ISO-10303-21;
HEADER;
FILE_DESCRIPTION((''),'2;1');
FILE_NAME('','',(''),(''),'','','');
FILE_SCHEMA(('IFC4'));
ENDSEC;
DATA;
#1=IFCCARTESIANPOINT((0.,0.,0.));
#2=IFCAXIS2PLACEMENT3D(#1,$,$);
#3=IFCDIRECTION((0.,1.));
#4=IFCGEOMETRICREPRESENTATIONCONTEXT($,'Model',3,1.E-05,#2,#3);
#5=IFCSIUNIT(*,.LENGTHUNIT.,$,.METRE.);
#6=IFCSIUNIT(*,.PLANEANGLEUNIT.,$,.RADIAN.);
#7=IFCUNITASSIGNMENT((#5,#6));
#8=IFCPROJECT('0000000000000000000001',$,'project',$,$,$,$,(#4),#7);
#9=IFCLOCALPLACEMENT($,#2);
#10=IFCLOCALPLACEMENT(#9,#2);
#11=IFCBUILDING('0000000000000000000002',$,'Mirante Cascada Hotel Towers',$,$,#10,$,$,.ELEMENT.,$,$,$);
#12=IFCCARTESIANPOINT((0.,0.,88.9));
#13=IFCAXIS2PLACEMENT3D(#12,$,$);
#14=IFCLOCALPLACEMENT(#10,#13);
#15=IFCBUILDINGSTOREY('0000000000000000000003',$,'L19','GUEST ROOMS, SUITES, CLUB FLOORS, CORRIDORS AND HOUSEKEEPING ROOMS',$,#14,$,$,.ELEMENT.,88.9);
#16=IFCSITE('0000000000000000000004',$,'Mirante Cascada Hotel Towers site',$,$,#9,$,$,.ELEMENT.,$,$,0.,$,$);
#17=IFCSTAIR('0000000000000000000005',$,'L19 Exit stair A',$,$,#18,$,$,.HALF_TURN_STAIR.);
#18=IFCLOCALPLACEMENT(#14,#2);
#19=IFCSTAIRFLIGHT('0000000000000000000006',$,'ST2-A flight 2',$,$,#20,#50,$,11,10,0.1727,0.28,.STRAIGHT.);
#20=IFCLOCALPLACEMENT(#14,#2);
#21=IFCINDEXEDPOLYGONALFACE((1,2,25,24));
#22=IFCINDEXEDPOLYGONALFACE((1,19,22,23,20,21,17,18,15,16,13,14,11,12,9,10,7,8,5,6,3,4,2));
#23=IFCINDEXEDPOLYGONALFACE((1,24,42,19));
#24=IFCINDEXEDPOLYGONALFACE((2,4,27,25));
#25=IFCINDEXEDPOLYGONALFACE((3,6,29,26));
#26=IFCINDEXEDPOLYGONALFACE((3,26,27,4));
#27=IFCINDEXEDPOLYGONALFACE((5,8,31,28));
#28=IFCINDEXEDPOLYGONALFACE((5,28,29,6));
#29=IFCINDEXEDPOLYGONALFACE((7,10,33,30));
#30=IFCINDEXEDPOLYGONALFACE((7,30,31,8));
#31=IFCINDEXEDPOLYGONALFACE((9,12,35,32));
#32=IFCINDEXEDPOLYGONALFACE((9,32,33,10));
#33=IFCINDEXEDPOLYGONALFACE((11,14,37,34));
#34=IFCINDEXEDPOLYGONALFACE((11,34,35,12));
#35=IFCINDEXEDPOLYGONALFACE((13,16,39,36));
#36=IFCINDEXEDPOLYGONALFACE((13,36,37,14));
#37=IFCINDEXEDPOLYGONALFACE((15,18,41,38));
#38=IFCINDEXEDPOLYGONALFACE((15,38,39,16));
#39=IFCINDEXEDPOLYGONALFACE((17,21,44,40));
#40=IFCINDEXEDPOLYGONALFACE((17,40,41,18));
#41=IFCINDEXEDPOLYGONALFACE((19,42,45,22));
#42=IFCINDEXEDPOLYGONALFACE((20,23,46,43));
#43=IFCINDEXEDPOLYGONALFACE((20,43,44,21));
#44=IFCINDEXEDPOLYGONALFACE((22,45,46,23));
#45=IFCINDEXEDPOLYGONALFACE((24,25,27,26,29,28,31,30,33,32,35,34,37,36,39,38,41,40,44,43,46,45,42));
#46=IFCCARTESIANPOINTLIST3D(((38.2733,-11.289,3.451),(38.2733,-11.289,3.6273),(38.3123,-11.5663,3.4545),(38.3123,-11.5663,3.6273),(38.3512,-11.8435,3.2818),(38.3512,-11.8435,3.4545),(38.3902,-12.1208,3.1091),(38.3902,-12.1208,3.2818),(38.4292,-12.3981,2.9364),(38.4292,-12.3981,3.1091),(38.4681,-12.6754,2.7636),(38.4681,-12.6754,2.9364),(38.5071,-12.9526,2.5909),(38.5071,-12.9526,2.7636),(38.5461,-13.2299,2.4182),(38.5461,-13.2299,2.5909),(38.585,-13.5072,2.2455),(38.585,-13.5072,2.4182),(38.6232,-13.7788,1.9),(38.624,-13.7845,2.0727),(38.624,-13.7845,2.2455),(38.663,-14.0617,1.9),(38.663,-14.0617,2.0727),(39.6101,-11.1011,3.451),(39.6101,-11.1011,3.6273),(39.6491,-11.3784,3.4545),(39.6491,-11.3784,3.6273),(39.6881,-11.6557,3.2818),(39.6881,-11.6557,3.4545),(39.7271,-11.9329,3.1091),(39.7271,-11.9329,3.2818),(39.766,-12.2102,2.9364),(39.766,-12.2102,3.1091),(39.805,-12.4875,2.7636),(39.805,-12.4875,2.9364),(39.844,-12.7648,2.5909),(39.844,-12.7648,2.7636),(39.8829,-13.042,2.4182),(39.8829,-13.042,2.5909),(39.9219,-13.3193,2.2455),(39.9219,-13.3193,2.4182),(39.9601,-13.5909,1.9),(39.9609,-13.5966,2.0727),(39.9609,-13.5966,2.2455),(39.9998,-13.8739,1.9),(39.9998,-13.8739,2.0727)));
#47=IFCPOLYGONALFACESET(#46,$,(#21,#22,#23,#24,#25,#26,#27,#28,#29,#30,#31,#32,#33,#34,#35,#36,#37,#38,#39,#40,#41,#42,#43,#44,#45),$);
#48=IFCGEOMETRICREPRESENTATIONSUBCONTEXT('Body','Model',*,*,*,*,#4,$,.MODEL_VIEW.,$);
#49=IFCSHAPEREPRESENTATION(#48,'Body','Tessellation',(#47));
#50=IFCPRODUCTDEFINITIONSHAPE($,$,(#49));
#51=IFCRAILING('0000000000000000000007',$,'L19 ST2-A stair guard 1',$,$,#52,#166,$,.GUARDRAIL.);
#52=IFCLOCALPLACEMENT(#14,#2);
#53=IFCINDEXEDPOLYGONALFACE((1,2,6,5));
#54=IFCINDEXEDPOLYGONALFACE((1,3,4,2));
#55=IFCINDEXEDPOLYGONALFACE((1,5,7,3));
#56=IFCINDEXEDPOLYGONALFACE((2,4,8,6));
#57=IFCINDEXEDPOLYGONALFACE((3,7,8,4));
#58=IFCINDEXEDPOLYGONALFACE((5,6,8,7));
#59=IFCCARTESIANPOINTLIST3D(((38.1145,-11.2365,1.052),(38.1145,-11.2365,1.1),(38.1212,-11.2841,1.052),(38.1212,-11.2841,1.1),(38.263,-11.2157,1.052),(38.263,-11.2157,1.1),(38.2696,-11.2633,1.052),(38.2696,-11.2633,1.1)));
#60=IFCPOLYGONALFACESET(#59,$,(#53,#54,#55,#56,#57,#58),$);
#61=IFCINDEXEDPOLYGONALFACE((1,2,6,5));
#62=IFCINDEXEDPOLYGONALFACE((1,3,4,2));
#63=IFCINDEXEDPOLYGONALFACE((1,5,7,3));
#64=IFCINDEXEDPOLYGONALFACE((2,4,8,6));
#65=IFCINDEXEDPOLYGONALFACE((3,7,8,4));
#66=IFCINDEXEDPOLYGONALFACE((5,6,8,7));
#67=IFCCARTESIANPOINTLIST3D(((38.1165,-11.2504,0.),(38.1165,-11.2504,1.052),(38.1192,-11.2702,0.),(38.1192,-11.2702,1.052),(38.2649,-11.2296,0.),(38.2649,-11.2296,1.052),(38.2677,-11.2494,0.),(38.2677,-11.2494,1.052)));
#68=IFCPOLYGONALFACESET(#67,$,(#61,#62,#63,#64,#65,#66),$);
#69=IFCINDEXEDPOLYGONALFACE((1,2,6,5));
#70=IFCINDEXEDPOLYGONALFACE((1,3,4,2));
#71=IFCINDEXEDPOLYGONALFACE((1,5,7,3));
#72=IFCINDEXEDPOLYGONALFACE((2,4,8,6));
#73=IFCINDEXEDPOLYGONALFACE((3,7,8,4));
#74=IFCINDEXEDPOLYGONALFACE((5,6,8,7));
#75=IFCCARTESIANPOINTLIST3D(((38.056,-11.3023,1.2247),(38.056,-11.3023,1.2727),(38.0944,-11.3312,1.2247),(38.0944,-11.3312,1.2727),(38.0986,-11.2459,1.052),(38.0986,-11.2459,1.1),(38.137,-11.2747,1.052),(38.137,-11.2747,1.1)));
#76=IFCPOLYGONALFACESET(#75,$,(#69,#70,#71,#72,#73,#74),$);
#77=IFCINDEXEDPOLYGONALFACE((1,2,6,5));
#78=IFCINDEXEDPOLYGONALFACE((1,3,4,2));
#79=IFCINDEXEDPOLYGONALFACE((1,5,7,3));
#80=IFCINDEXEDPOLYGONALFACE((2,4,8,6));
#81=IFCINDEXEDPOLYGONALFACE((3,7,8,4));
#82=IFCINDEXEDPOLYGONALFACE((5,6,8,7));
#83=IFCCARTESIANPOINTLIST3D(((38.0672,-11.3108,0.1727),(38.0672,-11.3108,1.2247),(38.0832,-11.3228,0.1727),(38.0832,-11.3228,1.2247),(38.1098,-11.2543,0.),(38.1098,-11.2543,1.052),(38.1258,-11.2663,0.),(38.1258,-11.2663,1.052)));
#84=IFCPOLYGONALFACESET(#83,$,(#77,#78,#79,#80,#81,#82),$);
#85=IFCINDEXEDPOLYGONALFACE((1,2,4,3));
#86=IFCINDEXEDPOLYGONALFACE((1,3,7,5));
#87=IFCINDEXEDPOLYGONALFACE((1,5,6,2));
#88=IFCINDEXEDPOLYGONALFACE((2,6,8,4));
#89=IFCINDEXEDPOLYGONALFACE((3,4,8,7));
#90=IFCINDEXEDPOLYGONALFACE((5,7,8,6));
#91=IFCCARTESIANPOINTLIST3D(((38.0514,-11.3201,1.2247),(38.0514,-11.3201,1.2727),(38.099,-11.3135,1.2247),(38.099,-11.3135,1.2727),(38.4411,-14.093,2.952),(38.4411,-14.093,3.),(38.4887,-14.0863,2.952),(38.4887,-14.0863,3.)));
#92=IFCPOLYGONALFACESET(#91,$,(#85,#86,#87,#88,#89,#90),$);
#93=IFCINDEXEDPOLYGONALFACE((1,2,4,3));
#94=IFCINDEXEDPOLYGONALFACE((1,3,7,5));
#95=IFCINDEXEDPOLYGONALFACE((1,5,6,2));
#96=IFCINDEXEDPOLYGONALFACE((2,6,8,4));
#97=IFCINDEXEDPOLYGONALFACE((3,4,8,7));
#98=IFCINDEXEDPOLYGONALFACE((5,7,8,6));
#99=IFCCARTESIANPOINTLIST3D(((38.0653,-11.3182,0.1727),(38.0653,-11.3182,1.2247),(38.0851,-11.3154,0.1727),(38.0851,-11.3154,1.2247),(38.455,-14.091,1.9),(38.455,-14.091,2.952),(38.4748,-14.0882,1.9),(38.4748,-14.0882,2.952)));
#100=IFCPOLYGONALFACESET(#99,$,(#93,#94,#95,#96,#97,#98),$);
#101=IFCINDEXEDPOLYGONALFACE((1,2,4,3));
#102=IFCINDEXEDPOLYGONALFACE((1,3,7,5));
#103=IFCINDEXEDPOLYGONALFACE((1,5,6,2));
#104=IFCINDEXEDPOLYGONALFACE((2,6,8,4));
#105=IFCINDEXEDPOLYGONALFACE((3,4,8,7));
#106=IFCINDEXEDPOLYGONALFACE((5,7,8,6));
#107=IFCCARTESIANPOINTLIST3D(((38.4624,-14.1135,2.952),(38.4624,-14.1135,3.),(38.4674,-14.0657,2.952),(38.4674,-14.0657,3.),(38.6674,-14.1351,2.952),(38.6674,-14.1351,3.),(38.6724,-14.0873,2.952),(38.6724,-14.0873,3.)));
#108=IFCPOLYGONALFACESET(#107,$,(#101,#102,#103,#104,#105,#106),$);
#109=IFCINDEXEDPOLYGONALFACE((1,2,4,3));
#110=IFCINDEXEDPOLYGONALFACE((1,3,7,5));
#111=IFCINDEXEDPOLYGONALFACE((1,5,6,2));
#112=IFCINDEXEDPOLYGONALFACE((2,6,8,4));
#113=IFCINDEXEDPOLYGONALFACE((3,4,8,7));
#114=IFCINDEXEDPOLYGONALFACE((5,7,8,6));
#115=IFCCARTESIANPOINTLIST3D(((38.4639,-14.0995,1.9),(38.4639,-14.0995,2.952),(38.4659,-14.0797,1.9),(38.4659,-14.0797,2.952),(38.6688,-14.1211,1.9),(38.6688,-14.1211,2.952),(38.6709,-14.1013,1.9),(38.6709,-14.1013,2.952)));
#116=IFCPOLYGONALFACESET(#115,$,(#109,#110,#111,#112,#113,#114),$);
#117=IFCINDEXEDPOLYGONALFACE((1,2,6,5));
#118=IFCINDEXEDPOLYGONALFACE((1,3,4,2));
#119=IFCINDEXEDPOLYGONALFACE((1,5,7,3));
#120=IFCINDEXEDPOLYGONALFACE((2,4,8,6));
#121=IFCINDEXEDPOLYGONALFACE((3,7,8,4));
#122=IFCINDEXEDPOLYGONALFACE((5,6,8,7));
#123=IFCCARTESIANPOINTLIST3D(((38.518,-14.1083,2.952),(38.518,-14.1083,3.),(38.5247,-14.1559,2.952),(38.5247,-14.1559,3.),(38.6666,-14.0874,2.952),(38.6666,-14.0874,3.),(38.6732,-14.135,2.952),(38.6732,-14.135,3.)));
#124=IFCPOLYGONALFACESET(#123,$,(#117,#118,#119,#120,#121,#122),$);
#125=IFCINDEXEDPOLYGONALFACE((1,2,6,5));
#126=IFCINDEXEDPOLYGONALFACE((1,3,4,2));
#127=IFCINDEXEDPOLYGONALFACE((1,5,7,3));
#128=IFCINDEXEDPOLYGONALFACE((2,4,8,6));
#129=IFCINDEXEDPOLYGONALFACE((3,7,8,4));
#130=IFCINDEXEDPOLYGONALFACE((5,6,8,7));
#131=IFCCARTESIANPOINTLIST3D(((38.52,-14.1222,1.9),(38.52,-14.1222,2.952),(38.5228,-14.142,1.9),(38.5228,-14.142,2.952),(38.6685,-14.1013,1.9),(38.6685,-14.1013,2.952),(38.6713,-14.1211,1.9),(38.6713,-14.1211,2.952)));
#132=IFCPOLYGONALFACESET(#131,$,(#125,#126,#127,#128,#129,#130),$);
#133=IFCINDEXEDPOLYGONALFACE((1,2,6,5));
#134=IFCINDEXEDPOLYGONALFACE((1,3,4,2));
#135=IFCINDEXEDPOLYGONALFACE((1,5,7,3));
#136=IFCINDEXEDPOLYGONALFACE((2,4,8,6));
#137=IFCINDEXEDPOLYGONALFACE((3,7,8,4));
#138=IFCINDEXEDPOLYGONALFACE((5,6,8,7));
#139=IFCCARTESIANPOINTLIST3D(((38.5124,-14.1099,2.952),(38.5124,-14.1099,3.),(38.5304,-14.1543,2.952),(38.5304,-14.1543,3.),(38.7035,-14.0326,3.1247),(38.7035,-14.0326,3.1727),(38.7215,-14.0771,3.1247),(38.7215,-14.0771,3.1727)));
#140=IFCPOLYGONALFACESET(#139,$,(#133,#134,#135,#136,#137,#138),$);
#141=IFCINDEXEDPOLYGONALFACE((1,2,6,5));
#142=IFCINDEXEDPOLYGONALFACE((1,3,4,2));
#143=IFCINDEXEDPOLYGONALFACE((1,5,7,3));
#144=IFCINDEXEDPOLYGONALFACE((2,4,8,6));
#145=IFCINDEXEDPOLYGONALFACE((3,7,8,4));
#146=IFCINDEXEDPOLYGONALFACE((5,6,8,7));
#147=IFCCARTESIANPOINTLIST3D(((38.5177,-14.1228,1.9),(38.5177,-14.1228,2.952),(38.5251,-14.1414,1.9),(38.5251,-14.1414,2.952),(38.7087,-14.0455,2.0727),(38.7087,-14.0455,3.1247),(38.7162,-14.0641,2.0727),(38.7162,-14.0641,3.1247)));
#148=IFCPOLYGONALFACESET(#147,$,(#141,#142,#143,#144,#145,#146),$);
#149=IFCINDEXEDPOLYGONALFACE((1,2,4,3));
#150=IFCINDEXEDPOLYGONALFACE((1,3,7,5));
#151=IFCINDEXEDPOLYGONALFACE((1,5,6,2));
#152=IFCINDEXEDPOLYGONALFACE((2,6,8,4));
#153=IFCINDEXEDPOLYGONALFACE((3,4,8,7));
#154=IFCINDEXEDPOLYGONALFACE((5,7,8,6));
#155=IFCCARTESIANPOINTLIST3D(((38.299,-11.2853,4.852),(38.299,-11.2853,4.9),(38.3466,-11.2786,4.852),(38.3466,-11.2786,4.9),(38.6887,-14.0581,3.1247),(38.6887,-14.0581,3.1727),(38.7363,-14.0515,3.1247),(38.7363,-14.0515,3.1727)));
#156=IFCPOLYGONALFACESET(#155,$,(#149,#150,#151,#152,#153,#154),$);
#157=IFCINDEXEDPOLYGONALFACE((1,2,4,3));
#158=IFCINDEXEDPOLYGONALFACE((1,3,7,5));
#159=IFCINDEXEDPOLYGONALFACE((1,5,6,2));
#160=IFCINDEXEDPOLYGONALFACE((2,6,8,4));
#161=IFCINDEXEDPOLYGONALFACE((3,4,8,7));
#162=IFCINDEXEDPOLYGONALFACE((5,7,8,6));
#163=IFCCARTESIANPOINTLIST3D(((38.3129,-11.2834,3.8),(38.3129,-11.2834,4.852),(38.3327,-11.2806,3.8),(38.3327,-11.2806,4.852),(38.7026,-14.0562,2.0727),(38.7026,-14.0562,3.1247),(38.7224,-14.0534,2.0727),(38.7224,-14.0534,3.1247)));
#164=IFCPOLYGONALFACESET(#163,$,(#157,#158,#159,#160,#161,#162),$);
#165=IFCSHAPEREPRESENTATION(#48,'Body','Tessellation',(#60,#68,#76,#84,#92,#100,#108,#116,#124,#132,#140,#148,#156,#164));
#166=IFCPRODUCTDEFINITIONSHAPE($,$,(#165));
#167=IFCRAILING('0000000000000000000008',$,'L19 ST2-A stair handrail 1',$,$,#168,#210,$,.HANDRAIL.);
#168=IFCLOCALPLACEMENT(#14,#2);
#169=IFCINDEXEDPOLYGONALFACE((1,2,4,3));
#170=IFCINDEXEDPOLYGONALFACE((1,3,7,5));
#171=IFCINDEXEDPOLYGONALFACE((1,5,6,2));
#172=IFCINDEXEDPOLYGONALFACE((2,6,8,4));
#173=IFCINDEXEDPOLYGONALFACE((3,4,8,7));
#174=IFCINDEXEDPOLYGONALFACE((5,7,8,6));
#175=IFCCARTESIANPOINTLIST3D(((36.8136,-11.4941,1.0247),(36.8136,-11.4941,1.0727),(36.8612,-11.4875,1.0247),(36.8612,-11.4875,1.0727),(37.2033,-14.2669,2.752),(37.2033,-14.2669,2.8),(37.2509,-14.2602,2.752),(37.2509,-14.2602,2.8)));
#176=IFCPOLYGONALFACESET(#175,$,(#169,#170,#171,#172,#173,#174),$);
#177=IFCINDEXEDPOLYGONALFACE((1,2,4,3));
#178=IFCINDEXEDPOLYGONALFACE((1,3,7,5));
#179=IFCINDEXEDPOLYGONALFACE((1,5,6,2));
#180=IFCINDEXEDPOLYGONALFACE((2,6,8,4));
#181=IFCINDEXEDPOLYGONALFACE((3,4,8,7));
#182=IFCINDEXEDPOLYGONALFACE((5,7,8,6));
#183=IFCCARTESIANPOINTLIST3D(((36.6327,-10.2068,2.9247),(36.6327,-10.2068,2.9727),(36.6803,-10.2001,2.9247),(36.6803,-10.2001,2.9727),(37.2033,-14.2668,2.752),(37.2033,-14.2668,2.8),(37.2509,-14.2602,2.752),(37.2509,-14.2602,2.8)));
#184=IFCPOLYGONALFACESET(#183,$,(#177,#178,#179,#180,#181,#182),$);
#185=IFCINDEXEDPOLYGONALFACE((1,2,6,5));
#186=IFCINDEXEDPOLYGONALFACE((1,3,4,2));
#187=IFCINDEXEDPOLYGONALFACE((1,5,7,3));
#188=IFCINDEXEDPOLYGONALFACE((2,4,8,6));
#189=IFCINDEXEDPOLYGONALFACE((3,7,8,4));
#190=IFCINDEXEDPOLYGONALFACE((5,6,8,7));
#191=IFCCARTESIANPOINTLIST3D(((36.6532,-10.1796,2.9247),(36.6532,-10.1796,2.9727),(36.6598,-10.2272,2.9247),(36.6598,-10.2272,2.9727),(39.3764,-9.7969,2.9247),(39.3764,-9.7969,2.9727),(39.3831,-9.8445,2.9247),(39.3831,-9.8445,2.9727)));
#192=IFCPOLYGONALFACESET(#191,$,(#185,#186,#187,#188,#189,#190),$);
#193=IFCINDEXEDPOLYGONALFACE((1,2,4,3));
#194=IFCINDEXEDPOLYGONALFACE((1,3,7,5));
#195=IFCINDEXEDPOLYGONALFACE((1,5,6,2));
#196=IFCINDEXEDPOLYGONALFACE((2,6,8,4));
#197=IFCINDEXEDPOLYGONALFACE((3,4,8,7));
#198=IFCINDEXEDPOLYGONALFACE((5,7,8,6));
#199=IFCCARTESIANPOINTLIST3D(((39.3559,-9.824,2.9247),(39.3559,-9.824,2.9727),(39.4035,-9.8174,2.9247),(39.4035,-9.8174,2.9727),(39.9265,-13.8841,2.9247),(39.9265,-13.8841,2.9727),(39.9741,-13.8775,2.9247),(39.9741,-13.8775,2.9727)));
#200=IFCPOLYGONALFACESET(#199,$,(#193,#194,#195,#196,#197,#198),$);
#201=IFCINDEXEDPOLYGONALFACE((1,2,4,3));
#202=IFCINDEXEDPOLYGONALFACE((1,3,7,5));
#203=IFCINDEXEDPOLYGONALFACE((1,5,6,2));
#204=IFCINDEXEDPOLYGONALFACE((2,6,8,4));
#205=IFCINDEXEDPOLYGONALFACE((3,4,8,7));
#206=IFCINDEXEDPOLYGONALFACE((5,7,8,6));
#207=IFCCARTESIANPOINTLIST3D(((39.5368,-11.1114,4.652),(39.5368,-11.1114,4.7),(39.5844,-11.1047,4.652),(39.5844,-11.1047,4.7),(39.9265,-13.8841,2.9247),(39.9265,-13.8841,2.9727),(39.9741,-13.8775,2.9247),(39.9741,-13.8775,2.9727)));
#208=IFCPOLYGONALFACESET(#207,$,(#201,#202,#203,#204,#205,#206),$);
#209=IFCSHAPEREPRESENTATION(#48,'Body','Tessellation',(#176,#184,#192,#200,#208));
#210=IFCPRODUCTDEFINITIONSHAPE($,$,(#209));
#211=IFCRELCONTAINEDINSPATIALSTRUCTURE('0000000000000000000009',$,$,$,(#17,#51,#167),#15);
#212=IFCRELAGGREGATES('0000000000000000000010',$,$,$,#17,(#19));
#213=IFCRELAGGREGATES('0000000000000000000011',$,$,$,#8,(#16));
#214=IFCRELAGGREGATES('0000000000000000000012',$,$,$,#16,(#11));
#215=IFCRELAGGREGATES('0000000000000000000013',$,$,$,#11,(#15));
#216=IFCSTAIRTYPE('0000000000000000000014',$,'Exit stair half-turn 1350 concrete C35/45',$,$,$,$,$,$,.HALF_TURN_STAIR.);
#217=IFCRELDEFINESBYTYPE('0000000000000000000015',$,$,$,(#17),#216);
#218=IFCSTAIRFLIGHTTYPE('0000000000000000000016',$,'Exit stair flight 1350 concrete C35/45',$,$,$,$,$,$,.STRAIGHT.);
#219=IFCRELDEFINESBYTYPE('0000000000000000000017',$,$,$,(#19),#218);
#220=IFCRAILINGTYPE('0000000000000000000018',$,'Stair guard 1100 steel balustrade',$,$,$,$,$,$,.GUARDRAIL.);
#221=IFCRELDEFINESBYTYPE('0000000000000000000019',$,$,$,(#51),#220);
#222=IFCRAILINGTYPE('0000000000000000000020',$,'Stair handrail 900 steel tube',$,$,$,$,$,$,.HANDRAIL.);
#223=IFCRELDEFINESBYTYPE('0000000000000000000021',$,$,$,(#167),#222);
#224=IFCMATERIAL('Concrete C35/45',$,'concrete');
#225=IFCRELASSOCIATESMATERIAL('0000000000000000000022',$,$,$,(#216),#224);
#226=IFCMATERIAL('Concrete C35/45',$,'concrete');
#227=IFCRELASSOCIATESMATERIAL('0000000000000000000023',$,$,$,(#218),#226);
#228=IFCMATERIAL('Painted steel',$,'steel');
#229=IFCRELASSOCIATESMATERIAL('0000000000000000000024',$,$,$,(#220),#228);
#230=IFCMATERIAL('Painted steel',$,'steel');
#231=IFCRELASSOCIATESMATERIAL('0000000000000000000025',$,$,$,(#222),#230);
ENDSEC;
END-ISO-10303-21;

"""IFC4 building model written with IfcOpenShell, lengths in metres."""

from ifc_helpers import new_model, si_unit, direction, frame, origin, origin_2d, place, context, subcontext, project, spatial, polyline, rectangle, outline, extrude, material, type_object, element, aggregate, save


model = new_model("IFC4")

# Units and contexts
model_context = context("Model", 3, precision=1e-05, world=origin(), true_north=direction((0.0, 1.0)))
body_context = subcontext(model_context, "Body", "Model", "MODEL_VIEW")
ifc_project = project(units=[si_unit("LENGTHUNIT", "METRE"), si_unit("PLANEANGLEUNIT", "RADIAN")], contexts=[model_context])

# Site, building, storey
site_placement = place(None, origin())
site = spatial("IfcSite", under=ifc_project, at=site_placement, Name="Mirante Cascada Hotel Towers site", CompositionType="ELEMENT", RefElevation=0.0)
building_placement = place(site_placement, origin())
building = spatial("IfcBuilding", under=site, at=building_placement, Name="Mirante Cascada Hotel Towers", CompositionType="ELEMENT")
storey_placement = place(building_placement, frame((0.0, 0.0, 88.9)))
storey = spatial("IfcBuildingStorey", under=building, at=storey_placement, Name="L19", Description="GUEST ROOMS, SUITES, CLUB FLOORS, CORRIDORS AND HOUSEKEEPING ROOMS", CompositionType="ELEMENT", Elevation=88.9)

# Stair, stair flight
ifc_material_1 = material(Name="Concrete C35/45", Category="concrete")
stair_type = type_object("IfcStairType", Name="Exit stair half-turn 1350 concrete C35/45", PredefinedType="HALF_TURN_STAIR", material=ifc_material_1)
stair_placement = place(storey_placement, origin())
stair = element("IfcStair", 1, at=stair_placement, inside=storey, type_object=stair_type, Name="L19 Exit stair A", PredefinedType="HALF_TURN_STAIR")
ifc_material_2 = material(Name="Concrete C35/45", Category="concrete")
stair_flight_type = type_object("IfcStairFlightType", Name="Exit stair flight 1350 concrete C35/45", PredefinedType="STRAIGHT", material=ifc_material_2)
stair_flight_1_placement = place(storey_placement, frame((39.3314, -13.9678, 1.9), z_axis=(0.0, 0.0, 1.0), x_axis=(-0.139173, 0.990268, 0.0)))
stair_flight_1 = element("IfcStairFlight", 2, at=stair_flight_1_placement, type_object=stair_flight_type, Name="ST2-A flight 2", NumberOfRisers=11, NumberOfTreads=10, PredefinedType="STRAIGHT", RiserHeight=0.1727, TreadLength=0.28, context=body_context, shape_type="SweptSolid", body=[
    extrude(outline(polyline([(0.0, 0.0), (0.0, 0.1727), (0.28, 0.1727), (0.28, 0.3455), (0.56, 0.3455), (0.56, 0.5182), (0.84, 0.5182), (0.84, 0.6909), (1.12, 0.6909), (1.12, 0.8636), (1.4, 0.8636), (1.4, 1.0364), (1.68, 1.0364), (1.68, 1.2091), (1.96, 1.2091), (1.96, 1.3818), (2.24, 1.3818), (2.24, 1.5545), (2.52, 1.5545), (2.52, 1.7273), (2.8, 1.7273), (2.8, 1.9), (2.8, 1.551), (0.2857, 0.0), (0.0, 0.0)])), frame((0.0, 0.675, 0.0), z_axis=(0.0, -1.0, 0.0), x_axis=(1.0, 0.0, 0.0)), (0.0, 0.0, 1.0), 1.35),
])
aggregate(stair, [stair_flight_1])

# Railings
ifc_material_3 = material(Name="Painted steel", Category="steel")
railing_type_1 = type_object("IfcRailingType", Name="Stair guard 1100 steel balustrade", PredefinedType="GUARDRAIL", material=ifc_material_3)
railing_1_placement = place(storey_placement, frame((38.2663, -11.2395, 0.0)))
element("IfcRailing", 3, at=railing_1_placement, inside=storey, type_object=railing_type_1, Name="L19 ST2-A stair guard 1", PredefinedType="GUARDRAIL", context=body_context, shape_type="SweptSolid", body=[
    extrude(rectangle(XDim=0.048, YDim=0.048, at=origin_2d()), frame((0.0, 0.0, 1.076), z_axis=(-0.990333, -0.138713, 0.0), x_axis=(0.138713, -0.990333, 0.0)), (0.0, 0.0, 1.0), 0.1499),
    extrude(rectangle(XDim=0.02, YDim=1.052, at=origin_2d()), frame((0.0, 0.0, 0.526), z_axis=(-0.990333, -0.138713, 0.0), x_axis=(0.138713, -0.990333, 0.0)), (0.0, 0.0, 1.0), 0.1499),
    extrude(rectangle(XDim=0.048, YDim=0.048, at=origin_2d()), frame((-0.1485, -0.0208, 1.076), z_axis=(-0.602033, -0.798471, 0.0), x_axis=(0.798471, -0.602033, 0.0)), (0.0, 0.92534, 0.379139), 0.1866),
    extrude(rectangle(XDim=0.02, YDim=1.052, at=origin_2d()), frame((-0.1485, -0.0208, 0.526), z_axis=(-0.602033, -0.798471, 0.0), x_axis=(0.798471, -0.602033, 0.0)), (0.0, 0.92534, 0.379139), 0.1866),
    extrude(rectangle(XDim=0.048, YDim=0.048, at=origin_2d()), frame((-0.1911, -0.0773, 1.2487), z_axis=(0.139176, -0.990268, 0.0), x_axis=(0.990268, 0.139176, 0.0)), (0.0, 0.525021, 0.851089), 3.29),
    extrude(rectangle(XDim=0.02, YDim=1.052, at=origin_2d()), frame((-0.1911, -0.0773, 0.6987), z_axis=(0.139176, -0.990268, 0.0), x_axis=(0.990268, 0.139176, 0.0)), (0.0, 0.525021, 0.851089), 3.29),
    extrude(rectangle(XDim=0.048, YDim=0.048, at=origin_2d()), frame((0.1986, -2.8501, 2.976), z_axis=(0.994495, -0.104786, 0.0), x_axis=(0.104786, 0.994495, 0.0)), (0.0, 0.0, 1.0), 0.2061),
    extrude(rectangle(XDim=0.02, YDim=1.052, at=origin_2d()), frame((0.1986, -2.8501, 2.426), z_axis=(0.994495, -0.104786, 0.0), x_axis=(0.104786, 0.994495, 0.0)), (0.0, 0.0, 1.0), 0.2061),
    extrude(rectangle(XDim=0.048, YDim=0.048, at=origin_2d()), frame((0.4036, -2.8717, 2.976), z_axis=(-0.990241, -0.139367, 0.0), x_axis=(0.139367, -0.990241, 0.0)), (0.0, 0.0, 1.0), 0.15),
    extrude(rectangle(XDim=0.02, YDim=1.052, at=origin_2d()), frame((0.4036, -2.8717, 2.426), z_axis=(-0.990241, -0.139367, 0.0), x_axis=(0.139367, -0.990241, 0.0)), (0.0, 0.0, 1.0), 0.15),
    extrude(rectangle(XDim=0.048, YDim=0.048, at=origin_2d()), frame((0.2551, -2.8926, 2.976), z_axis=(0.927031, 0.374984, 0.0), x_axis=(-0.374984, 0.927031, 0.0)), (0.0, 0.64219, 0.766545), 0.2689),
    extrude(rectangle(XDim=0.02, YDim=1.052, at=origin_2d()), frame((0.2551, -2.8926, 2.426), z_axis=(0.927031, 0.374984, 0.0), x_axis=(-0.374984, 0.927031, 0.0)), (0.0, 0.64219, 0.766545), 0.2689),
    extrude(rectangle(XDim=0.048, YDim=0.048, at=origin_2d()), frame((0.4462, -2.8153, 3.1487), z_axis=(-0.139176, 0.990268, 0.0), x_axis=(-0.990268, -0.139176, 0.0)), (0.0, 0.525021, 0.851089), 3.29),
    extrude(rectangle(XDim=0.02, YDim=1.052, at=origin_2d()), frame((0.4462, -2.8153, 2.5987), z_axis=(-0.139176, 0.990268, 0.0), x_axis=(-0.990268, -0.139176, 0.0)), (0.0, 0.525021, 0.851089), 3.29),
])
ifc_material_4 = material(Name="Painted steel", Category="steel")
railing_type_2 = type_object("IfcRailingType", Name="Stair handrail 900 steel tube", PredefinedType="HANDRAIL", material=ifc_material_4)
railing_2_placement = place(storey_placement, frame((36.8374, -11.4908, 0.1727)))
element("IfcRailing", 4, at=railing_2_placement, inside=storey, type_object=railing_type_2, Name="L19 ST2-A stair handrail 1", PredefinedType="HANDRAIL", context=body_context, shape_type="SweptSolid", body=[
    extrude(rectangle(XDim=0.048, YDim=0.048, at=origin_2d()), frame((0.0, 0.0, 0.876), z_axis=(0.139181, -0.990267, 0.0), x_axis=(0.990267, 0.139181, 0.0)), (0.0, 0.525035, 0.851081), 3.2899),
    extrude(rectangle(XDim=0.048, YDim=0.048, at=origin_2d()), frame((0.3897, -2.7727, 2.6033), z_axis=(-0.139171, 0.990268, 0.0), x_axis=(-0.990268, -0.139171, 0.0)), (0.0, 0.042085, 0.999114), 4.1036),
    extrude(rectangle(XDim=0.048, YDim=0.048, at=origin_2d()), frame((-0.1809, 1.2874, 2.776), z_axis=(0.990269, 0.139166, 0.0), x_axis=(-0.139166, 0.990269, 0.0)), (0.0, 0.0, 1.0), 2.75),
    extrude(rectangle(XDim=0.048, YDim=0.048, at=origin_2d()), frame((2.5423, 1.6701, 2.776), z_axis=(0.139171, -0.990268, 0.0), x_axis=(0.990268, 0.139171, 0.0)), (0.0, 0.0, 1.0), 4.1),
    extrude(rectangle(XDim=0.048, YDim=0.048, at=origin_2d()), frame((3.1129, -2.39, 2.776), z_axis=(-0.139181, 0.990267, 0.0), x_axis=(-0.990267, -0.139181, 0.0)), (0.0, 0.525035, 0.851081), 3.2899),
])

save(model, "model.ifc")
